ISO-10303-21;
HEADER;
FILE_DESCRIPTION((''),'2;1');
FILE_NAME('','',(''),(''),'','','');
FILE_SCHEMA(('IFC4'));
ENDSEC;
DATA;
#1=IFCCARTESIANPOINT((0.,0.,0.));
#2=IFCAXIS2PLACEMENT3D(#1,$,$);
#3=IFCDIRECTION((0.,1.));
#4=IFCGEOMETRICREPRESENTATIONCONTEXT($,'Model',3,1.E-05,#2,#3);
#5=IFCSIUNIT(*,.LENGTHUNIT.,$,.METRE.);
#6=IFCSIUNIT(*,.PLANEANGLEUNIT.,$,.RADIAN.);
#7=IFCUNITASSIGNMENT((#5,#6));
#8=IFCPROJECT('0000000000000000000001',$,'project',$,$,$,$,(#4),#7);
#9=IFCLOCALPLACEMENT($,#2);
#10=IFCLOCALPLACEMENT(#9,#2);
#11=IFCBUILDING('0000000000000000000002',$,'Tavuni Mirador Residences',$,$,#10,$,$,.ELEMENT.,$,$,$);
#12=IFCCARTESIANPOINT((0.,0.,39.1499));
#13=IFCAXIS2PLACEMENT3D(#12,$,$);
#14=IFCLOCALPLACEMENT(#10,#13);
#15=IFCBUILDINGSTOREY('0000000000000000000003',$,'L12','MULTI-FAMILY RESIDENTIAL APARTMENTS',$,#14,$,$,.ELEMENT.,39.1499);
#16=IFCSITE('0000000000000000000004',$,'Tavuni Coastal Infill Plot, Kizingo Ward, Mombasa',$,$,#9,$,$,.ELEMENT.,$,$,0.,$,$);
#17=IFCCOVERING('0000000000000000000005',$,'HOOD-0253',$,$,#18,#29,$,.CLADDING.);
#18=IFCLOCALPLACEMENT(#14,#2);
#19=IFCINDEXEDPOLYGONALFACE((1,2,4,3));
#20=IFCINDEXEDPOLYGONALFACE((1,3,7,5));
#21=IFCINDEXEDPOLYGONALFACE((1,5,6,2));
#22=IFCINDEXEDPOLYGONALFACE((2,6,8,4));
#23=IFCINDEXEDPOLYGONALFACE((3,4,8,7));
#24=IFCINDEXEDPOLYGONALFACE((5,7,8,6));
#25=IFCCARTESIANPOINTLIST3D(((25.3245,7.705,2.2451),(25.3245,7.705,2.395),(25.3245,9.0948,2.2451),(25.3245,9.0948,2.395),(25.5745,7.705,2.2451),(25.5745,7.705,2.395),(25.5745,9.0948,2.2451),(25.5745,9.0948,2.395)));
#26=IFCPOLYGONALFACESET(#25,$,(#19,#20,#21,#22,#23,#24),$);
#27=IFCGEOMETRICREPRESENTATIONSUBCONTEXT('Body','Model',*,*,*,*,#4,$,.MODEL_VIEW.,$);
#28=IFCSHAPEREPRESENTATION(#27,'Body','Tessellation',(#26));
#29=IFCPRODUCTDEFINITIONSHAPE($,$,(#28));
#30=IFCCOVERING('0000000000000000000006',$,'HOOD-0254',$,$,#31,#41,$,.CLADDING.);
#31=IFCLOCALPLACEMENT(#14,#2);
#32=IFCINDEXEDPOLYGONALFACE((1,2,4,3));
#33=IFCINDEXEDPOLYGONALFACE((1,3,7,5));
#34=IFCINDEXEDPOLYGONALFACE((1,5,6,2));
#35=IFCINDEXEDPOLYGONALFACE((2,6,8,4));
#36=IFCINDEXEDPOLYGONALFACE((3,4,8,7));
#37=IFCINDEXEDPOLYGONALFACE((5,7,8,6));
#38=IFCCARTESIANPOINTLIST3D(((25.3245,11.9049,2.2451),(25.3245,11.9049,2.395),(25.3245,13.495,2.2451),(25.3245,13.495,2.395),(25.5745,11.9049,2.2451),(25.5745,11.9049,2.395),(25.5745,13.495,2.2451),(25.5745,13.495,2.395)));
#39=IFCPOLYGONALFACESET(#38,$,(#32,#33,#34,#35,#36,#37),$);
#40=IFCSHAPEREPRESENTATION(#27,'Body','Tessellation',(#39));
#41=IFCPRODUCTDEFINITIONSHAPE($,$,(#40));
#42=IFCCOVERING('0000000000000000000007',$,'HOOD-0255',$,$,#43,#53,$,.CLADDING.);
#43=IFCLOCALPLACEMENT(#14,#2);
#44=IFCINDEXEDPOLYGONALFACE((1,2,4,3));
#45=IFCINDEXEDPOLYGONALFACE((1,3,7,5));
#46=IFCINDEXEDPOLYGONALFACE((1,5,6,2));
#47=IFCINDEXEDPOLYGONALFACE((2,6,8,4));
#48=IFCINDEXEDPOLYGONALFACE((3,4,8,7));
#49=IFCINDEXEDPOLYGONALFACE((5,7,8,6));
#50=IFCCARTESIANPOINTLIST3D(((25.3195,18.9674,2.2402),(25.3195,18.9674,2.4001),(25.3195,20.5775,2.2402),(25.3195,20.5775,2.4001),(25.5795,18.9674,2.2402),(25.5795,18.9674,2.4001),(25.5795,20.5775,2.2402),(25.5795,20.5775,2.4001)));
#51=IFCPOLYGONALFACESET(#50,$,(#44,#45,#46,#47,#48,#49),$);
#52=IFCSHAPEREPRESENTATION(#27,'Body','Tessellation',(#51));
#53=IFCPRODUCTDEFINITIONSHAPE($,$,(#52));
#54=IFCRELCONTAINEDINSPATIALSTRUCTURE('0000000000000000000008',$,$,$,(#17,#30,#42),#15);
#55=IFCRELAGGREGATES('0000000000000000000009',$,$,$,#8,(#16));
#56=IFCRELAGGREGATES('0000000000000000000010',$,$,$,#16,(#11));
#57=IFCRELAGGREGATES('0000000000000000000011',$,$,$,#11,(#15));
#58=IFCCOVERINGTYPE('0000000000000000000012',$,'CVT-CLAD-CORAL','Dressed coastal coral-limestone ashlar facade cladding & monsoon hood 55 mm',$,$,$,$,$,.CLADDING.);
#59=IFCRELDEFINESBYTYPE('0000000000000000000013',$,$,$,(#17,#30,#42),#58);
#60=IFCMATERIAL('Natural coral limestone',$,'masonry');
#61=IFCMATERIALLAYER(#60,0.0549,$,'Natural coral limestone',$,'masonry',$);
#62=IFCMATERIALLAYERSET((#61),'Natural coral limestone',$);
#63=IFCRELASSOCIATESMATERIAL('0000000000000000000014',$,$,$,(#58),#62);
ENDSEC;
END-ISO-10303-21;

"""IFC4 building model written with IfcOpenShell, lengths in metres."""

from ifc_helpers import new_model, si_unit, direction, frame, origin, origin_2d, place, context, subcontext, project, spatial, rectangle, extrude, material, layer, layer_set, type_object, element, save


model = new_model("IFC4")

# Units and contexts
model_context = context("Model", 3, precision=1e-05, world=origin(), true_north=direction((0.0, 1.0)))
body_context = subcontext(model_context, "Body", "Model", "MODEL_VIEW")
ifc_project = project(units=[si_unit("LENGTHUNIT", "METRE"), si_unit("PLANEANGLEUNIT", "RADIAN")], contexts=[model_context])

# Site, building, storey
site_placement = place(None, origin())
site = spatial("IfcSite", under=ifc_project, at=site_placement, Name="Tavuni Coastal Infill Plot, Kizingo Ward, Mombasa", CompositionType="ELEMENT", RefElevation=0.0)
building_placement = place(site_placement, origin())
building = spatial("IfcBuilding", under=site, at=building_placement, Name="Tavuni Mirador Residences", CompositionType="ELEMENT")
storey_placement = place(building_placement, frame((0.0, 0.0, 39.1499)))
storey = spatial("IfcBuildingStorey", under=building, at=storey_placement, Name="L12", Description="MULTI-FAMILY RESIDENTIAL APARTMENTS", CompositionType="ELEMENT", Elevation=39.1499)

# Coverings
ifc_material_1 = material(Name="Natural coral limestone", Category="masonry")
ifc_layer_1 = layer(ifc_material_1, 0.0549, Name="Natural coral limestone", Category="masonry")
ifc_layer_set_1 = layer_set([ifc_layer_1], Name="Natural coral limestone")
covering_type = type_object("IfcCoveringType", Name="CVT-CLAD-CORAL", Description="Dressed coastal coral-limestone ashlar facade cladding & monsoon hood 55 mm", PredefinedType="CLADDING", material=ifc_layer_set_1)
covering_1_placement = place(storey_placement, frame((25.4495, 8.3999, 2.2451), z_axis=(0.0, 0.0, 1.0), x_axis=(0.0, 1.0, 0.0)))
element("IfcCovering", 1, at=covering_1_placement, inside=storey, type_object=covering_type, Name="HOOD-0253", PredefinedType="CLADDING", context=body_context, shape_type="SweptSolid", body=[
    extrude(rectangle(XDim=1.3899, YDim=0.25, at=origin_2d()), origin(), (0.0, 0.0, 1.0), 0.1499),
])
covering_2_placement = place(storey_placement, frame((25.4495, 12.7, 2.2451), z_axis=(0.0, 0.0, 1.0), x_axis=(0.0, 1.0, 0.0)))
element("IfcCovering", 2, at=covering_2_placement, inside=storey, type_object=covering_type, Name="HOOD-0254", PredefinedType="CLADDING", context=body_context, shape_type="SweptSolid", body=[
    extrude(rectangle(XDim=1.5901, YDim=0.25, at=origin_2d()), origin(), (0.0, 0.0, 1.0), 0.1499),
])
covering_3_placement = place(storey_placement, frame((25.4495, 19.7725, 2.2402), z_axis=(0.0, 0.0, 1.0), x_axis=(0.0, 1.0, 0.0)))
element("IfcCovering", 3, at=covering_3_placement, inside=storey, type_object=covering_type, Name="HOOD-0255", PredefinedType="CLADDING", context=body_context, shape_type="SweptSolid", body=[
    extrude(rectangle(XDim=1.6101, YDim=0.26, at=origin_2d()), origin(), (0.0, 0.0, 1.0), 0.1599),
])

save(model, "model.ifc")
